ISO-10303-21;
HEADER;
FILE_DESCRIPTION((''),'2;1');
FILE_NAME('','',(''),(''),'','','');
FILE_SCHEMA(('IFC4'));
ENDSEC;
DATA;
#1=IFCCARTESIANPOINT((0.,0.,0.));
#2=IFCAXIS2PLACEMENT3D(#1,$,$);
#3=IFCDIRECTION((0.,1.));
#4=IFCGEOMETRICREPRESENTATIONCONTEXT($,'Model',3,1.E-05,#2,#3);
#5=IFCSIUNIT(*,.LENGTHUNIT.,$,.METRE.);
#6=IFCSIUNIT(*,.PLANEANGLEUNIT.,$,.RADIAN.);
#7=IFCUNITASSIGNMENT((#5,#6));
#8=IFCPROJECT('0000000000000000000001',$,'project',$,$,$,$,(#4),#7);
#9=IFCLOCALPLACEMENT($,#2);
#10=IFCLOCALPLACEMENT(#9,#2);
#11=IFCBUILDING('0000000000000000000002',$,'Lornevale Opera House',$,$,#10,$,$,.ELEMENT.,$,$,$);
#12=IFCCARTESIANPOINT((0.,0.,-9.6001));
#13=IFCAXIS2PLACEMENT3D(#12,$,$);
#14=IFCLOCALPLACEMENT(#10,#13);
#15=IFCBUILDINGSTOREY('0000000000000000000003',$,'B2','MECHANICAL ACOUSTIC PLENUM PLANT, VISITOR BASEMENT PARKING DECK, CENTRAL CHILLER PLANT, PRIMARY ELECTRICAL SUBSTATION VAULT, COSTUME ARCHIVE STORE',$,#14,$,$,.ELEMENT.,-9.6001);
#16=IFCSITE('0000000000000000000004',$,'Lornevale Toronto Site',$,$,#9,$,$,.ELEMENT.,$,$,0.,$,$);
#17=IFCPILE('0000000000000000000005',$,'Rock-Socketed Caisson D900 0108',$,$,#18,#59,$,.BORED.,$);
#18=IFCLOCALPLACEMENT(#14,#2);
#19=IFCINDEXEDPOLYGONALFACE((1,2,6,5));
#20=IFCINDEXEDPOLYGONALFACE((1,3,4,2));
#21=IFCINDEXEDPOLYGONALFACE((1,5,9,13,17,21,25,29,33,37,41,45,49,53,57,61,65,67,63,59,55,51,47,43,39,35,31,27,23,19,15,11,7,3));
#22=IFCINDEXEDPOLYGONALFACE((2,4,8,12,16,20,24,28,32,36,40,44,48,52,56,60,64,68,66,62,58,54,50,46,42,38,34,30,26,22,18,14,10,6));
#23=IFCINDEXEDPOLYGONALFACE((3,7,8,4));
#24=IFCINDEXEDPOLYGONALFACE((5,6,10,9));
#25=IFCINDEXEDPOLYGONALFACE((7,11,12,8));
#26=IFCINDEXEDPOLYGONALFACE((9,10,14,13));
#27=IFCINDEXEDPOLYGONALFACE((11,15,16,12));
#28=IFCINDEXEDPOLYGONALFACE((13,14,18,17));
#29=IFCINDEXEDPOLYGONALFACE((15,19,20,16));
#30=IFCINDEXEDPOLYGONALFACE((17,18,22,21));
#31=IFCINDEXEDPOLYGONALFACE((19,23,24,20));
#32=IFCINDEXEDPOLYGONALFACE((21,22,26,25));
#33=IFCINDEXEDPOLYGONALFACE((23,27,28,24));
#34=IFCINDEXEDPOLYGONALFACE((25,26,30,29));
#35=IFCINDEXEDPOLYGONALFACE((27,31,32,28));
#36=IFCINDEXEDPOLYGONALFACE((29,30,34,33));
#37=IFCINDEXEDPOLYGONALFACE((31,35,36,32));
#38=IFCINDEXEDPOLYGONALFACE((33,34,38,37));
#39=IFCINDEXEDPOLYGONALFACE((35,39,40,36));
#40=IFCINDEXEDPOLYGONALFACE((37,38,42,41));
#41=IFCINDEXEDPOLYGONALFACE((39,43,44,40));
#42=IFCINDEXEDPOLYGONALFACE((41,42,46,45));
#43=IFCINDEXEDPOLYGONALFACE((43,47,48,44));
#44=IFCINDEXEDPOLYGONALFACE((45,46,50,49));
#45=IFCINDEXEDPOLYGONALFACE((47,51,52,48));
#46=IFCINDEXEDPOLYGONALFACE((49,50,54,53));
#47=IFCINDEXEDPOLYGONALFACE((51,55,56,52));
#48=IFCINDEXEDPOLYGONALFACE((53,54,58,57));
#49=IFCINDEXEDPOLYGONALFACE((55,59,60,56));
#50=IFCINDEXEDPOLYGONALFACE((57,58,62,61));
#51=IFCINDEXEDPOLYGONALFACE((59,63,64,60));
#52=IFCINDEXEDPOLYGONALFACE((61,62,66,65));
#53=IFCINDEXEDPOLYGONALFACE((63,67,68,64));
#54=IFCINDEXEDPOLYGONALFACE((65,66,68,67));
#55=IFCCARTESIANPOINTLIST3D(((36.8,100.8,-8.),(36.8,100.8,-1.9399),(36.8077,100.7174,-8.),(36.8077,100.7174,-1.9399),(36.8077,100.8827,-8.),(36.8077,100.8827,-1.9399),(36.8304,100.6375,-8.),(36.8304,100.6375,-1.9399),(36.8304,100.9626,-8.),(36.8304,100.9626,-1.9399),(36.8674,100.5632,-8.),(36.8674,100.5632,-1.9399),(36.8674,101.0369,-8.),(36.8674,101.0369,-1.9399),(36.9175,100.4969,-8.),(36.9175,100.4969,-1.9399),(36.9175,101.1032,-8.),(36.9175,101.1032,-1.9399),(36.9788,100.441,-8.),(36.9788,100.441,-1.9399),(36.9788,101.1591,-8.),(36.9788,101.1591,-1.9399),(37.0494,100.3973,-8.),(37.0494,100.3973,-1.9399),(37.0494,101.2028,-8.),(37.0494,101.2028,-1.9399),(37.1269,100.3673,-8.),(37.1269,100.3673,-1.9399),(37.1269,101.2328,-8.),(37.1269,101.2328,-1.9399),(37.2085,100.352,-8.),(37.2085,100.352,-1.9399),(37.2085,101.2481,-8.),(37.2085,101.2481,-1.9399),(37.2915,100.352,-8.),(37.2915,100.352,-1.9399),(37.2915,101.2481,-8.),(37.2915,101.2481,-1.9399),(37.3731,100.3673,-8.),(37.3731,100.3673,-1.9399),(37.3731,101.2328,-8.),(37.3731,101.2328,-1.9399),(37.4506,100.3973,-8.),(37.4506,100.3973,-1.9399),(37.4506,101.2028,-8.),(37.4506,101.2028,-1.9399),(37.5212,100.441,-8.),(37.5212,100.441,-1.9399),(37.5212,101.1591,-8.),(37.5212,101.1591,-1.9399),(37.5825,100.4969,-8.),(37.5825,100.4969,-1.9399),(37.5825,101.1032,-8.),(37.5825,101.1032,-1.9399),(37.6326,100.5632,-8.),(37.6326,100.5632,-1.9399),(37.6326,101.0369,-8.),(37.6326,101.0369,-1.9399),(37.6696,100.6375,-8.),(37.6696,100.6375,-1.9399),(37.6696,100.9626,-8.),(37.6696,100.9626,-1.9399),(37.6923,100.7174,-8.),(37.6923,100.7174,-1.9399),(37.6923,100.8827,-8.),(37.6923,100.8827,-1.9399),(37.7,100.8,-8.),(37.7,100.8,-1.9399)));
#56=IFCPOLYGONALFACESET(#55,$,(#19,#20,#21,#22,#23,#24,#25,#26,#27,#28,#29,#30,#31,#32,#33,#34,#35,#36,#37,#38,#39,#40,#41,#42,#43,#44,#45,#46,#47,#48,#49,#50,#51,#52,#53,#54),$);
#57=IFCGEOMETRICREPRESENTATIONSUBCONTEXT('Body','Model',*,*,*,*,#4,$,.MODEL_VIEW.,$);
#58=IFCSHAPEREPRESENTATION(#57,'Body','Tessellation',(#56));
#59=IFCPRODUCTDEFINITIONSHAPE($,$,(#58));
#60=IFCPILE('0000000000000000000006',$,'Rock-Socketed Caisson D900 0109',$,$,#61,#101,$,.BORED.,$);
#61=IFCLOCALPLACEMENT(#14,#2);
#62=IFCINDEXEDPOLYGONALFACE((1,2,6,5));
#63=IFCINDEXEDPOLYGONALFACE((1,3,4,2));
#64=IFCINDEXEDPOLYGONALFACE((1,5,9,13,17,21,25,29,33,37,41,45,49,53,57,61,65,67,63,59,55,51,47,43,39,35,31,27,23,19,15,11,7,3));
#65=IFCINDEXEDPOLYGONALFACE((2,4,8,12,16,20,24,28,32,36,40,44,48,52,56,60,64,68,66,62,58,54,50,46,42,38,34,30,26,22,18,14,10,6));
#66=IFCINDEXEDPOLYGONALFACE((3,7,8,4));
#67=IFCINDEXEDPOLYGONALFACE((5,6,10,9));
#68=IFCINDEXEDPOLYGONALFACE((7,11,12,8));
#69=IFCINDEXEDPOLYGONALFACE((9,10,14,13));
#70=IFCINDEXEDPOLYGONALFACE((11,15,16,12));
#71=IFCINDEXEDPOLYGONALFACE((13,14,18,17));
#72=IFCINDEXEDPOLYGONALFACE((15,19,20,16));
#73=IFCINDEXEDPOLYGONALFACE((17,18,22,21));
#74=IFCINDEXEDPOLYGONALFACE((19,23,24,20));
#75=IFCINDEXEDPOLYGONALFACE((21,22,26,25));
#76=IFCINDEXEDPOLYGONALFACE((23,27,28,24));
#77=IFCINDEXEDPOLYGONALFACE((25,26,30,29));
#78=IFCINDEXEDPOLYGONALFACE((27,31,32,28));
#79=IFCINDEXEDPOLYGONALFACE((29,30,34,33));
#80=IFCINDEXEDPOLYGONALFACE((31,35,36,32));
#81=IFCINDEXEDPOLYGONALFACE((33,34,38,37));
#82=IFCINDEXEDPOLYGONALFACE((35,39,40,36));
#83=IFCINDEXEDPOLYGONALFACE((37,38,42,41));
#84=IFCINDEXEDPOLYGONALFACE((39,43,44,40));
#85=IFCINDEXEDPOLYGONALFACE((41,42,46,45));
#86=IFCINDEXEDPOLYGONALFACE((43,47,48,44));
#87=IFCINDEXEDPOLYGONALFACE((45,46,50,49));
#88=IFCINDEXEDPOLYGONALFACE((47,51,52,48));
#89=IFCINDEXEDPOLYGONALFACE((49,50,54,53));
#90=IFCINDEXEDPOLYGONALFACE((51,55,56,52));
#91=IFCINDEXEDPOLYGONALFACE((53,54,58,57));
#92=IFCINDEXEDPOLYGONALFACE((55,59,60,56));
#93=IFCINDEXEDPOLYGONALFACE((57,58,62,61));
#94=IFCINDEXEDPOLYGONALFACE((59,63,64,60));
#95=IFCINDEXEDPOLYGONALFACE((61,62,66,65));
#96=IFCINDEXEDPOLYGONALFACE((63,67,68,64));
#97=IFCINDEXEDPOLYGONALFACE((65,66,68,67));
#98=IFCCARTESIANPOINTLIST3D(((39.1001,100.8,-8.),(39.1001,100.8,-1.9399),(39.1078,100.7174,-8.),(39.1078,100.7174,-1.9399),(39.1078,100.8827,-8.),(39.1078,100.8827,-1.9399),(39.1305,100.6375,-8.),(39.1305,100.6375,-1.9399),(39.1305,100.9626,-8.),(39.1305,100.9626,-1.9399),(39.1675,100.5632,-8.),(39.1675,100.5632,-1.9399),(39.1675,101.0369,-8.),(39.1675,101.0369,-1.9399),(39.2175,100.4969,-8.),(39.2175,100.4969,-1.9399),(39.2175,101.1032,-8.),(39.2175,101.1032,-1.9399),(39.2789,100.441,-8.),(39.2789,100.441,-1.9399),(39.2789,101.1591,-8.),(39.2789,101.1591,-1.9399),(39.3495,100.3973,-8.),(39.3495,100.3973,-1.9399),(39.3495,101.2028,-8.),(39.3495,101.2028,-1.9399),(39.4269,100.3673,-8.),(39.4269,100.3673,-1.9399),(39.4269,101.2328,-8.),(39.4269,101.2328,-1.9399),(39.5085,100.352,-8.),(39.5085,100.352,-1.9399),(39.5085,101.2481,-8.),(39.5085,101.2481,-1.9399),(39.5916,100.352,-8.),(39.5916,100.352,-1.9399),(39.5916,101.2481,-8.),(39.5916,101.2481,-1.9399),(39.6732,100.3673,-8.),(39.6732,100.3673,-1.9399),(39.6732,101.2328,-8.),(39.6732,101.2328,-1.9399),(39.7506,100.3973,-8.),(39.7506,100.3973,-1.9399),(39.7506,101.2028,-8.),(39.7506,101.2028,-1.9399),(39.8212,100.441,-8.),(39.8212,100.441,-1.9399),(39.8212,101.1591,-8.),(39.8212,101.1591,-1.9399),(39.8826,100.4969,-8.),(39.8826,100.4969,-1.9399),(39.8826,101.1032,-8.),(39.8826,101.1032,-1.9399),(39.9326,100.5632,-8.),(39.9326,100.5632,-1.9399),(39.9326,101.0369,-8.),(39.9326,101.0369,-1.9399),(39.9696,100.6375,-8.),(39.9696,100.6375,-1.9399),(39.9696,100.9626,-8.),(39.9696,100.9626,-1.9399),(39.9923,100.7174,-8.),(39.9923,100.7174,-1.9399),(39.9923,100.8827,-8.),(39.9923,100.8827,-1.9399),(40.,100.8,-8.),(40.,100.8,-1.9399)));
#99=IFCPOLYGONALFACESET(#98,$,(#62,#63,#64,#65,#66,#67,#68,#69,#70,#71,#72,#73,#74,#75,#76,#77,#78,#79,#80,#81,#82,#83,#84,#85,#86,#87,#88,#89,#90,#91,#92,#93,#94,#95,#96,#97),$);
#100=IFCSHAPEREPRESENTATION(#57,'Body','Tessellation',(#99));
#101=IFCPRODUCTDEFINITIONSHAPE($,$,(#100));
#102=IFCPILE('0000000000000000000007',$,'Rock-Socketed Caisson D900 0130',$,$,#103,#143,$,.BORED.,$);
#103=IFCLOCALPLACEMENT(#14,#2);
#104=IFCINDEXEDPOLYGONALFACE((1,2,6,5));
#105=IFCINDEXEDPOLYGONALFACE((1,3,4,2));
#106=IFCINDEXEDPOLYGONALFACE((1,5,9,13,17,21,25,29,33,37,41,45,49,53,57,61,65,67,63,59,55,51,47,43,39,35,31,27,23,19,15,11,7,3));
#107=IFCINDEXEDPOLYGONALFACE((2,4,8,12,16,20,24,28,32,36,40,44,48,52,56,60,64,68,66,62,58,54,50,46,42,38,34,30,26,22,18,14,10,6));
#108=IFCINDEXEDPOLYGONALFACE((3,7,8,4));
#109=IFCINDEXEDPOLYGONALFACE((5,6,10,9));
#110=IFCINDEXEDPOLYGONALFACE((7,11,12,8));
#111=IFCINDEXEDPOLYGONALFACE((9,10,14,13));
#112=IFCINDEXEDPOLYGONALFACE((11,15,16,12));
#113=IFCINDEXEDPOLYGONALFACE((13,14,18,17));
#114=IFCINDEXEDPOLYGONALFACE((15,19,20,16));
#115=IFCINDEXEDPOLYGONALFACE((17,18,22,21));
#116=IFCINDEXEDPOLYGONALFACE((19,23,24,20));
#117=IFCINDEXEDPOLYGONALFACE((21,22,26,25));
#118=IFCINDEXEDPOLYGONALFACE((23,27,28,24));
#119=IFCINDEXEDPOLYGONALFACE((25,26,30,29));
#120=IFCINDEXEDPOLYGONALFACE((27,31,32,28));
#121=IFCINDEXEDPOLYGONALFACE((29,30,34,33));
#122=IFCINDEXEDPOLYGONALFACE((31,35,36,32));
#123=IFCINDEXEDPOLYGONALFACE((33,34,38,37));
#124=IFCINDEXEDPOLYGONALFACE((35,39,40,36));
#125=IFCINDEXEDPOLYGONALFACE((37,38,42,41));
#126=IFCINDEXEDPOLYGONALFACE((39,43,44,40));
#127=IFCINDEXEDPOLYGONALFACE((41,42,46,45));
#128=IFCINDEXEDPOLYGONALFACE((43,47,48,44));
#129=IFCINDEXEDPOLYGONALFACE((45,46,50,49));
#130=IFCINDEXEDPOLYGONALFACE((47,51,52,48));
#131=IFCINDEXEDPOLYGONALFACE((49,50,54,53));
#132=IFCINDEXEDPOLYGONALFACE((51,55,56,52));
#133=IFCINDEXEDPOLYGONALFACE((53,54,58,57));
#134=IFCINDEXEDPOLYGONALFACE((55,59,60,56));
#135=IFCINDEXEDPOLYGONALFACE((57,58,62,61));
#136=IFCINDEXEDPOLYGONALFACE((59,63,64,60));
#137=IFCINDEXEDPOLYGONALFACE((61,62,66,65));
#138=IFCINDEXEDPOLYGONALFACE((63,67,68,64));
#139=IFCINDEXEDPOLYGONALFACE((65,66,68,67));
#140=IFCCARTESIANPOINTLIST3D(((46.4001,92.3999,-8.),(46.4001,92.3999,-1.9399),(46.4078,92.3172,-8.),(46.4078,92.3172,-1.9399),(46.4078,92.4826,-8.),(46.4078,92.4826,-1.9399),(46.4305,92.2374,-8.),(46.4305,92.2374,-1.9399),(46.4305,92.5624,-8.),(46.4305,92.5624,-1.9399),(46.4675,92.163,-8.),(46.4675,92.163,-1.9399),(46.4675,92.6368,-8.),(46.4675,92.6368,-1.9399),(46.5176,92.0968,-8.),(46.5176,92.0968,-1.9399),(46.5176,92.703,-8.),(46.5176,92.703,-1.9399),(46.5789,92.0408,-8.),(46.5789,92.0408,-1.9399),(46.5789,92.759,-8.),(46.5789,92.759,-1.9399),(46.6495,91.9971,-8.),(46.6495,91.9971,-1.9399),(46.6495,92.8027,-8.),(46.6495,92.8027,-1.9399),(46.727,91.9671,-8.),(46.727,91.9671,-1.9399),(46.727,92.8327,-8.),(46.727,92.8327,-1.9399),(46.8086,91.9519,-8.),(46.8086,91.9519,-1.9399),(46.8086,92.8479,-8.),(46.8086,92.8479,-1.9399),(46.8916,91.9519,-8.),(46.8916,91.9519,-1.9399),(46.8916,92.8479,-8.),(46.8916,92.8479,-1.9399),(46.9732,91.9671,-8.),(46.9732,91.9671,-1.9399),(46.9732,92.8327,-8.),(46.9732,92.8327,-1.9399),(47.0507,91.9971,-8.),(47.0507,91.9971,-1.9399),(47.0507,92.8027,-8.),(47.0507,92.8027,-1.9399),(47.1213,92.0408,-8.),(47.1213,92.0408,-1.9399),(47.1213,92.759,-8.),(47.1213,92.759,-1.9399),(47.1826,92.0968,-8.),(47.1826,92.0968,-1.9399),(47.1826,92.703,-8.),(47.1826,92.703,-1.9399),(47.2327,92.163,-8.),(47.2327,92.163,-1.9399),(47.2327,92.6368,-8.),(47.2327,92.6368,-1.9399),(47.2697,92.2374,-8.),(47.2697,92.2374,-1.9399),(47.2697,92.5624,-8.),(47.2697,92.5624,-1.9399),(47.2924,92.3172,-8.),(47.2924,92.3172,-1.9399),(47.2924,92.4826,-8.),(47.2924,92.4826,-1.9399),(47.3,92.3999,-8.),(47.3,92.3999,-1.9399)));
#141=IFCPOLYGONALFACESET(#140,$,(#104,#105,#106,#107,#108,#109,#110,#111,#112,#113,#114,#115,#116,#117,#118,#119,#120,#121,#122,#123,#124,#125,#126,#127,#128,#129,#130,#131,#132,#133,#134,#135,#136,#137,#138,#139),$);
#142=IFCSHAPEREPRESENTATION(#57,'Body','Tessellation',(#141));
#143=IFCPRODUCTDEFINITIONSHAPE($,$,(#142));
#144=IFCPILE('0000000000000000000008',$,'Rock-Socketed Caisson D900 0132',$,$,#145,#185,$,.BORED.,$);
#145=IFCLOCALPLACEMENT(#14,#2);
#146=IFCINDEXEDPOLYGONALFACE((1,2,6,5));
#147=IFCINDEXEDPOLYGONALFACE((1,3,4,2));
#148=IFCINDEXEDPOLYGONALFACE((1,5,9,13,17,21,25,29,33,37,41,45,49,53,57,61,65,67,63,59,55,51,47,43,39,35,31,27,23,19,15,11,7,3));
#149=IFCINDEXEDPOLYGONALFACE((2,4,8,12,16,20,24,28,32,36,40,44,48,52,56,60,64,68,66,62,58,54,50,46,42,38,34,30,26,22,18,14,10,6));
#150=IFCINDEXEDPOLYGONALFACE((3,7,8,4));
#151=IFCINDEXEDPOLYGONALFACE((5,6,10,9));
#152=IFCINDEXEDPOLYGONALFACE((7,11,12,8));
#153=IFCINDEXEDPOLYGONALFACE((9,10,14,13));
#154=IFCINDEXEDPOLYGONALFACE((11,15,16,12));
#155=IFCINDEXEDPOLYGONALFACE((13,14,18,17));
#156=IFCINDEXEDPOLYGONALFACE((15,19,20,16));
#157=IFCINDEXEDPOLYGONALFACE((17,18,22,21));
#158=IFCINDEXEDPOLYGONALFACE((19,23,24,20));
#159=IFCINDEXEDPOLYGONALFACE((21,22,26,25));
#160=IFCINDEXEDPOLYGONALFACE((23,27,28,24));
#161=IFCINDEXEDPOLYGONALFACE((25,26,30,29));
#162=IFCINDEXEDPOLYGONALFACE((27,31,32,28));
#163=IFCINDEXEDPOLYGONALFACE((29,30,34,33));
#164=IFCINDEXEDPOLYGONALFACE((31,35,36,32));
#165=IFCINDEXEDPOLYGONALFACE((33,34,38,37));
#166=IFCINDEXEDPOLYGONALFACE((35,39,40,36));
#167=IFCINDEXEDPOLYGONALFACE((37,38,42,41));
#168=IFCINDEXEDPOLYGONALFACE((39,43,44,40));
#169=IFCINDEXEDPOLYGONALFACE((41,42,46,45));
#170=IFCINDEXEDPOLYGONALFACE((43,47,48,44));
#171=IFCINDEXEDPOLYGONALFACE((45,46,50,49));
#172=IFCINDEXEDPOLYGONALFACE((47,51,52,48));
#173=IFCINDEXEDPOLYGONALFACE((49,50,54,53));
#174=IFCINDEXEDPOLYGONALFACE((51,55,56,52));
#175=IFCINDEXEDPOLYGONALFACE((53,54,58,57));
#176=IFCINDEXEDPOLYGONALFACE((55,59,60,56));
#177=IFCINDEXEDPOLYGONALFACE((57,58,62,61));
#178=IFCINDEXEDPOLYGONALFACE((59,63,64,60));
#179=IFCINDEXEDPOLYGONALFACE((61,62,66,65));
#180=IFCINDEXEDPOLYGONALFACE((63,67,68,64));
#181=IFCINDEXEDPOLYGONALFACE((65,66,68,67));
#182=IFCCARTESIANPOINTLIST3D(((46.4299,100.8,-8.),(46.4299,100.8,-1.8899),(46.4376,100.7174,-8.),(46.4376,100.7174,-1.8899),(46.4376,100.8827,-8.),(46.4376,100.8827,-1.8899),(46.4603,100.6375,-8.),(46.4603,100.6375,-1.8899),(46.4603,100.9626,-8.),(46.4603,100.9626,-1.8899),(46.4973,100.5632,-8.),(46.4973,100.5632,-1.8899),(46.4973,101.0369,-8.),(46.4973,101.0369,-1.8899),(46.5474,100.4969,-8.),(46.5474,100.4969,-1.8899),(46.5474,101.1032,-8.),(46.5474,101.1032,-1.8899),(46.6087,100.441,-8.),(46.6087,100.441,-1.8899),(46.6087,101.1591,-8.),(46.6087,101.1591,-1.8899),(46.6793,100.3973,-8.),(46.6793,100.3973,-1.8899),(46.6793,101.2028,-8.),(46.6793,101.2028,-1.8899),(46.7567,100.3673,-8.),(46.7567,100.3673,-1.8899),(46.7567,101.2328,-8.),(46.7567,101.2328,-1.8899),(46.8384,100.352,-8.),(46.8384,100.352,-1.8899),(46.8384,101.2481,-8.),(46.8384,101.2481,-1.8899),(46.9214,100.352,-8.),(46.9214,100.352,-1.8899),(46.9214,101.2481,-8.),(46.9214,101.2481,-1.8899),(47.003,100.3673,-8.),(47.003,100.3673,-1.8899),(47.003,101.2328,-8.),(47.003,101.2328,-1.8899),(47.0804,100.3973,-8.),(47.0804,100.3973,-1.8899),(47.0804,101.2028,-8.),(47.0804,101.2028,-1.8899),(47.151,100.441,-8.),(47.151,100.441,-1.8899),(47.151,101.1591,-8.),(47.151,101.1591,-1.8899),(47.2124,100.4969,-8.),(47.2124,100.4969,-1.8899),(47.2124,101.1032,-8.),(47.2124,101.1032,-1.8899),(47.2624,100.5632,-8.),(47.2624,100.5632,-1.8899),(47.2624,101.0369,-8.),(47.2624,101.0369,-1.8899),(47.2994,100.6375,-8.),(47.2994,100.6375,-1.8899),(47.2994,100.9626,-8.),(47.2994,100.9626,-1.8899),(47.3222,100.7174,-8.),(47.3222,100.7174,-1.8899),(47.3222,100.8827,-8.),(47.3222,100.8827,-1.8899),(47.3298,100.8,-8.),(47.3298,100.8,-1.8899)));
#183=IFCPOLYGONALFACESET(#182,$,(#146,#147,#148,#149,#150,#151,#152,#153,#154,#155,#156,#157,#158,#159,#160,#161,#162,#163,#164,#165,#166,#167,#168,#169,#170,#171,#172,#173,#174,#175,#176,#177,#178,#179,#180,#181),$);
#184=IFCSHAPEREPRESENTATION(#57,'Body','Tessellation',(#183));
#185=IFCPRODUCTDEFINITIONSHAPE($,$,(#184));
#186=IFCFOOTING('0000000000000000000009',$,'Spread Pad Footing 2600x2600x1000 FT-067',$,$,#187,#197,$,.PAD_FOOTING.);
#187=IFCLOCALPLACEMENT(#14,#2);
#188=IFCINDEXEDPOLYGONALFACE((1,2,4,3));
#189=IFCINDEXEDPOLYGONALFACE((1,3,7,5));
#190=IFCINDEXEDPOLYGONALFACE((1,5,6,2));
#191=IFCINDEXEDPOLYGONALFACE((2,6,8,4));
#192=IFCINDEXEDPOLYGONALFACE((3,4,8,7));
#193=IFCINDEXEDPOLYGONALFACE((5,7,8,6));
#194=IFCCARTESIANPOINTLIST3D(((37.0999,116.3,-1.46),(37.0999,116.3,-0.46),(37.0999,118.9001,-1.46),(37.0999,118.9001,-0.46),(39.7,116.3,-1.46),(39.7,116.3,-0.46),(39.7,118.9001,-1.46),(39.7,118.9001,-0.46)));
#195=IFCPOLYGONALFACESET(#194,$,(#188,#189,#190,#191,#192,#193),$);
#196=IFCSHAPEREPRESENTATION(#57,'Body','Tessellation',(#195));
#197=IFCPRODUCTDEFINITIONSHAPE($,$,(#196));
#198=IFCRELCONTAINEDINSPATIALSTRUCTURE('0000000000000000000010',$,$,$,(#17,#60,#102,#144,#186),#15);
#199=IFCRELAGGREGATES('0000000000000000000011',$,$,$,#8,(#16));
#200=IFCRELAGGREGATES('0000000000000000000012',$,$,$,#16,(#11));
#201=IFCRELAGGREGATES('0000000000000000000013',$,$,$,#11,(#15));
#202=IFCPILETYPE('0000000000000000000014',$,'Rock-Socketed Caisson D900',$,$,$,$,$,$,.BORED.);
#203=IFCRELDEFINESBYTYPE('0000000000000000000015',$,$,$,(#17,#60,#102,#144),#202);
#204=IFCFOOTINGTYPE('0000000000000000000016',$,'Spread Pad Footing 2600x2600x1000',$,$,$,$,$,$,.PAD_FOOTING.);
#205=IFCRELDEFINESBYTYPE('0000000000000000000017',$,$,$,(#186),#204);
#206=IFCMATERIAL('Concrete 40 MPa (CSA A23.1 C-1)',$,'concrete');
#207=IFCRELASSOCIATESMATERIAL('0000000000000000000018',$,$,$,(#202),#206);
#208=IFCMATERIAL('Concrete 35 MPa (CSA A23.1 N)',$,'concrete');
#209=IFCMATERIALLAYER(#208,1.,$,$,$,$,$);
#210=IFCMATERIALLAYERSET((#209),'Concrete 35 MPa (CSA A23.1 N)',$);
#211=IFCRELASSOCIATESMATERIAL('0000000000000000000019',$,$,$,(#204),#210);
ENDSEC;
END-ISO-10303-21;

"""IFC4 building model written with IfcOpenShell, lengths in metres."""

from ifc_helpers import new_model, si_unit, direction, frame, origin, origin_2d, place, context, subcontext, project, spatial, rectangle, circle, extrude, material, layer, layer_set, material_profile, profile_set, type_object, element, save


model = new_model("IFC4")

# Units and contexts
model_context = context("Model", 3, precision=1e-05, world=origin(), true_north=direction((0.0, 1.0)))
body_context = subcontext(model_context, "Body", "Model", "MODEL_VIEW")
ifc_project = project(units=[si_unit("LENGTHUNIT", "METRE"), si_unit("PLANEANGLEUNIT", "RADIAN")], contexts=[model_context])

# Site, building, storey
site_placement = place(None, origin())
site = spatial("IfcSite", under=ifc_project, at=site_placement, Name="Lornevale Toronto Site", CompositionType="ELEMENT", RefElevation=0.0)
building_placement = place(site_placement, origin())
building = spatial("IfcBuilding", under=site, at=building_placement, Name="Lornevale Opera House", CompositionType="ELEMENT")
storey_placement = place(building_placement, frame((0.0, 0.0, -9.6001)))
storey = spatial("IfcBuildingStorey", under=building, at=storey_placement, Name="B2", Description="MECHANICAL ACOUSTIC PLENUM PLANT, VISITOR BASEMENT PARKING DECK, CENTRAL CHILLER PLANT, PRIMARY ELECTRICAL SUBSTATION VAULT, COSTUME ARCHIVE STORE", CompositionType="ELEMENT", Elevation=-9.6001)

# Shared definitions
ifc_material_1 = material(Name="Concrete 35 MPa (CSA A23.1 N)", Category="concrete")

# Shared definitions
ifc_material_2 = material(Name="Concrete 40 MPa (CSA A23.1 C-1)", Category="concrete")

# Piles
ifc_material_profile_1 = material_profile(ifc_material_2, circle(Radius=0.45, at=origin_2d()), Name="CAIS900")
ifc_profile_set_1 = profile_set([ifc_material_profile_1], Name="Concrete 40 MPa (CSA A23.1 C-1)")
pile_type_1 = type_object("IfcPileType", Name="Rock-Socketed Caisson D900", PredefinedType="BORED", material=ifc_profile_set_1)
for number, where, z_axis, x_axis, name in (
    (1, (37.25, 100.8, -1.9399), (0.0, 0.0, -1.0), (1.0, 0.0, 0.0), "Rock-Socketed Caisson D900 0108"),
    (2, (39.55, 100.8, -1.9399), (0.0, 0.0, -1.0), (1.0, 0.0, 0.0), "Rock-Socketed Caisson D900 0109"),
    (3, (46.8501, 92.3999, -1.9399), (0.0, 0.0, -1.0), (1.0, 0.0, 0.0), "Rock-Socketed Caisson D900 0130"),
):
    element("IfcPile", number, at=place(storey_placement, frame(where, z_axis=z_axis, x_axis=x_axis)), inside=storey, type_object=pile_type_1, Name=name, PredefinedType="BORED", context=body_context, shape_type="SweptSolid", body=[
        extrude(circle(Radius=0.45, at=origin_2d()), origin(), (0.0, 0.0, 1.0), 6.0601),
    ])
pile_1_placement = place(storey_placement, frame((46.8799, 100.8, -1.8899), z_axis=(0.0, 0.0, -1.0), x_axis=(1.0, 0.0, 0.0)))
element("IfcPile", 4, at=pile_1_placement, inside=storey, type_object=pile_type_1, Name="Rock-Socketed Caisson D900 0132", PredefinedType="BORED", context=body_context, shape_type="SweptSolid", body=[
    extrude(circle(Radius=0.45, at=origin_2d()), origin(), (0.0, 0.0, 1.0), 6.1101),
])

# Footing
ifc_layer_1 = layer(ifc_material_1, 1.0)
ifc_layer_set_1 = layer_set([ifc_layer_1], Name="Concrete 35 MPa (CSA A23.1 N)")
footing_type_1 = type_object("IfcFootingType", Name="Spread Pad Footing 2600x2600x1000", PredefinedType="PAD_FOOTING", material=ifc_layer_set_1)
footing_1_placement = place(storey_placement, frame((38.3999, 117.6001, -1.46), z_axis=(0.0, 0.0, 1.0), x_axis=(1.0, 0.0, 0.0)))
element("IfcFooting", 5, at=footing_1_placement, inside=storey, type_object=footing_type_1, Name="Spread Pad Footing 2600x2600x1000 FT-067", PredefinedType="PAD_FOOTING", context=body_context, shape_type="SweptSolid", body=[
    extrude(rectangle(XDim=2.6001, YDim=2.6001, at=origin_2d()), origin(), (0.0, 0.0, 1.0), 1.0),
])

save(model, "model.ifc")
